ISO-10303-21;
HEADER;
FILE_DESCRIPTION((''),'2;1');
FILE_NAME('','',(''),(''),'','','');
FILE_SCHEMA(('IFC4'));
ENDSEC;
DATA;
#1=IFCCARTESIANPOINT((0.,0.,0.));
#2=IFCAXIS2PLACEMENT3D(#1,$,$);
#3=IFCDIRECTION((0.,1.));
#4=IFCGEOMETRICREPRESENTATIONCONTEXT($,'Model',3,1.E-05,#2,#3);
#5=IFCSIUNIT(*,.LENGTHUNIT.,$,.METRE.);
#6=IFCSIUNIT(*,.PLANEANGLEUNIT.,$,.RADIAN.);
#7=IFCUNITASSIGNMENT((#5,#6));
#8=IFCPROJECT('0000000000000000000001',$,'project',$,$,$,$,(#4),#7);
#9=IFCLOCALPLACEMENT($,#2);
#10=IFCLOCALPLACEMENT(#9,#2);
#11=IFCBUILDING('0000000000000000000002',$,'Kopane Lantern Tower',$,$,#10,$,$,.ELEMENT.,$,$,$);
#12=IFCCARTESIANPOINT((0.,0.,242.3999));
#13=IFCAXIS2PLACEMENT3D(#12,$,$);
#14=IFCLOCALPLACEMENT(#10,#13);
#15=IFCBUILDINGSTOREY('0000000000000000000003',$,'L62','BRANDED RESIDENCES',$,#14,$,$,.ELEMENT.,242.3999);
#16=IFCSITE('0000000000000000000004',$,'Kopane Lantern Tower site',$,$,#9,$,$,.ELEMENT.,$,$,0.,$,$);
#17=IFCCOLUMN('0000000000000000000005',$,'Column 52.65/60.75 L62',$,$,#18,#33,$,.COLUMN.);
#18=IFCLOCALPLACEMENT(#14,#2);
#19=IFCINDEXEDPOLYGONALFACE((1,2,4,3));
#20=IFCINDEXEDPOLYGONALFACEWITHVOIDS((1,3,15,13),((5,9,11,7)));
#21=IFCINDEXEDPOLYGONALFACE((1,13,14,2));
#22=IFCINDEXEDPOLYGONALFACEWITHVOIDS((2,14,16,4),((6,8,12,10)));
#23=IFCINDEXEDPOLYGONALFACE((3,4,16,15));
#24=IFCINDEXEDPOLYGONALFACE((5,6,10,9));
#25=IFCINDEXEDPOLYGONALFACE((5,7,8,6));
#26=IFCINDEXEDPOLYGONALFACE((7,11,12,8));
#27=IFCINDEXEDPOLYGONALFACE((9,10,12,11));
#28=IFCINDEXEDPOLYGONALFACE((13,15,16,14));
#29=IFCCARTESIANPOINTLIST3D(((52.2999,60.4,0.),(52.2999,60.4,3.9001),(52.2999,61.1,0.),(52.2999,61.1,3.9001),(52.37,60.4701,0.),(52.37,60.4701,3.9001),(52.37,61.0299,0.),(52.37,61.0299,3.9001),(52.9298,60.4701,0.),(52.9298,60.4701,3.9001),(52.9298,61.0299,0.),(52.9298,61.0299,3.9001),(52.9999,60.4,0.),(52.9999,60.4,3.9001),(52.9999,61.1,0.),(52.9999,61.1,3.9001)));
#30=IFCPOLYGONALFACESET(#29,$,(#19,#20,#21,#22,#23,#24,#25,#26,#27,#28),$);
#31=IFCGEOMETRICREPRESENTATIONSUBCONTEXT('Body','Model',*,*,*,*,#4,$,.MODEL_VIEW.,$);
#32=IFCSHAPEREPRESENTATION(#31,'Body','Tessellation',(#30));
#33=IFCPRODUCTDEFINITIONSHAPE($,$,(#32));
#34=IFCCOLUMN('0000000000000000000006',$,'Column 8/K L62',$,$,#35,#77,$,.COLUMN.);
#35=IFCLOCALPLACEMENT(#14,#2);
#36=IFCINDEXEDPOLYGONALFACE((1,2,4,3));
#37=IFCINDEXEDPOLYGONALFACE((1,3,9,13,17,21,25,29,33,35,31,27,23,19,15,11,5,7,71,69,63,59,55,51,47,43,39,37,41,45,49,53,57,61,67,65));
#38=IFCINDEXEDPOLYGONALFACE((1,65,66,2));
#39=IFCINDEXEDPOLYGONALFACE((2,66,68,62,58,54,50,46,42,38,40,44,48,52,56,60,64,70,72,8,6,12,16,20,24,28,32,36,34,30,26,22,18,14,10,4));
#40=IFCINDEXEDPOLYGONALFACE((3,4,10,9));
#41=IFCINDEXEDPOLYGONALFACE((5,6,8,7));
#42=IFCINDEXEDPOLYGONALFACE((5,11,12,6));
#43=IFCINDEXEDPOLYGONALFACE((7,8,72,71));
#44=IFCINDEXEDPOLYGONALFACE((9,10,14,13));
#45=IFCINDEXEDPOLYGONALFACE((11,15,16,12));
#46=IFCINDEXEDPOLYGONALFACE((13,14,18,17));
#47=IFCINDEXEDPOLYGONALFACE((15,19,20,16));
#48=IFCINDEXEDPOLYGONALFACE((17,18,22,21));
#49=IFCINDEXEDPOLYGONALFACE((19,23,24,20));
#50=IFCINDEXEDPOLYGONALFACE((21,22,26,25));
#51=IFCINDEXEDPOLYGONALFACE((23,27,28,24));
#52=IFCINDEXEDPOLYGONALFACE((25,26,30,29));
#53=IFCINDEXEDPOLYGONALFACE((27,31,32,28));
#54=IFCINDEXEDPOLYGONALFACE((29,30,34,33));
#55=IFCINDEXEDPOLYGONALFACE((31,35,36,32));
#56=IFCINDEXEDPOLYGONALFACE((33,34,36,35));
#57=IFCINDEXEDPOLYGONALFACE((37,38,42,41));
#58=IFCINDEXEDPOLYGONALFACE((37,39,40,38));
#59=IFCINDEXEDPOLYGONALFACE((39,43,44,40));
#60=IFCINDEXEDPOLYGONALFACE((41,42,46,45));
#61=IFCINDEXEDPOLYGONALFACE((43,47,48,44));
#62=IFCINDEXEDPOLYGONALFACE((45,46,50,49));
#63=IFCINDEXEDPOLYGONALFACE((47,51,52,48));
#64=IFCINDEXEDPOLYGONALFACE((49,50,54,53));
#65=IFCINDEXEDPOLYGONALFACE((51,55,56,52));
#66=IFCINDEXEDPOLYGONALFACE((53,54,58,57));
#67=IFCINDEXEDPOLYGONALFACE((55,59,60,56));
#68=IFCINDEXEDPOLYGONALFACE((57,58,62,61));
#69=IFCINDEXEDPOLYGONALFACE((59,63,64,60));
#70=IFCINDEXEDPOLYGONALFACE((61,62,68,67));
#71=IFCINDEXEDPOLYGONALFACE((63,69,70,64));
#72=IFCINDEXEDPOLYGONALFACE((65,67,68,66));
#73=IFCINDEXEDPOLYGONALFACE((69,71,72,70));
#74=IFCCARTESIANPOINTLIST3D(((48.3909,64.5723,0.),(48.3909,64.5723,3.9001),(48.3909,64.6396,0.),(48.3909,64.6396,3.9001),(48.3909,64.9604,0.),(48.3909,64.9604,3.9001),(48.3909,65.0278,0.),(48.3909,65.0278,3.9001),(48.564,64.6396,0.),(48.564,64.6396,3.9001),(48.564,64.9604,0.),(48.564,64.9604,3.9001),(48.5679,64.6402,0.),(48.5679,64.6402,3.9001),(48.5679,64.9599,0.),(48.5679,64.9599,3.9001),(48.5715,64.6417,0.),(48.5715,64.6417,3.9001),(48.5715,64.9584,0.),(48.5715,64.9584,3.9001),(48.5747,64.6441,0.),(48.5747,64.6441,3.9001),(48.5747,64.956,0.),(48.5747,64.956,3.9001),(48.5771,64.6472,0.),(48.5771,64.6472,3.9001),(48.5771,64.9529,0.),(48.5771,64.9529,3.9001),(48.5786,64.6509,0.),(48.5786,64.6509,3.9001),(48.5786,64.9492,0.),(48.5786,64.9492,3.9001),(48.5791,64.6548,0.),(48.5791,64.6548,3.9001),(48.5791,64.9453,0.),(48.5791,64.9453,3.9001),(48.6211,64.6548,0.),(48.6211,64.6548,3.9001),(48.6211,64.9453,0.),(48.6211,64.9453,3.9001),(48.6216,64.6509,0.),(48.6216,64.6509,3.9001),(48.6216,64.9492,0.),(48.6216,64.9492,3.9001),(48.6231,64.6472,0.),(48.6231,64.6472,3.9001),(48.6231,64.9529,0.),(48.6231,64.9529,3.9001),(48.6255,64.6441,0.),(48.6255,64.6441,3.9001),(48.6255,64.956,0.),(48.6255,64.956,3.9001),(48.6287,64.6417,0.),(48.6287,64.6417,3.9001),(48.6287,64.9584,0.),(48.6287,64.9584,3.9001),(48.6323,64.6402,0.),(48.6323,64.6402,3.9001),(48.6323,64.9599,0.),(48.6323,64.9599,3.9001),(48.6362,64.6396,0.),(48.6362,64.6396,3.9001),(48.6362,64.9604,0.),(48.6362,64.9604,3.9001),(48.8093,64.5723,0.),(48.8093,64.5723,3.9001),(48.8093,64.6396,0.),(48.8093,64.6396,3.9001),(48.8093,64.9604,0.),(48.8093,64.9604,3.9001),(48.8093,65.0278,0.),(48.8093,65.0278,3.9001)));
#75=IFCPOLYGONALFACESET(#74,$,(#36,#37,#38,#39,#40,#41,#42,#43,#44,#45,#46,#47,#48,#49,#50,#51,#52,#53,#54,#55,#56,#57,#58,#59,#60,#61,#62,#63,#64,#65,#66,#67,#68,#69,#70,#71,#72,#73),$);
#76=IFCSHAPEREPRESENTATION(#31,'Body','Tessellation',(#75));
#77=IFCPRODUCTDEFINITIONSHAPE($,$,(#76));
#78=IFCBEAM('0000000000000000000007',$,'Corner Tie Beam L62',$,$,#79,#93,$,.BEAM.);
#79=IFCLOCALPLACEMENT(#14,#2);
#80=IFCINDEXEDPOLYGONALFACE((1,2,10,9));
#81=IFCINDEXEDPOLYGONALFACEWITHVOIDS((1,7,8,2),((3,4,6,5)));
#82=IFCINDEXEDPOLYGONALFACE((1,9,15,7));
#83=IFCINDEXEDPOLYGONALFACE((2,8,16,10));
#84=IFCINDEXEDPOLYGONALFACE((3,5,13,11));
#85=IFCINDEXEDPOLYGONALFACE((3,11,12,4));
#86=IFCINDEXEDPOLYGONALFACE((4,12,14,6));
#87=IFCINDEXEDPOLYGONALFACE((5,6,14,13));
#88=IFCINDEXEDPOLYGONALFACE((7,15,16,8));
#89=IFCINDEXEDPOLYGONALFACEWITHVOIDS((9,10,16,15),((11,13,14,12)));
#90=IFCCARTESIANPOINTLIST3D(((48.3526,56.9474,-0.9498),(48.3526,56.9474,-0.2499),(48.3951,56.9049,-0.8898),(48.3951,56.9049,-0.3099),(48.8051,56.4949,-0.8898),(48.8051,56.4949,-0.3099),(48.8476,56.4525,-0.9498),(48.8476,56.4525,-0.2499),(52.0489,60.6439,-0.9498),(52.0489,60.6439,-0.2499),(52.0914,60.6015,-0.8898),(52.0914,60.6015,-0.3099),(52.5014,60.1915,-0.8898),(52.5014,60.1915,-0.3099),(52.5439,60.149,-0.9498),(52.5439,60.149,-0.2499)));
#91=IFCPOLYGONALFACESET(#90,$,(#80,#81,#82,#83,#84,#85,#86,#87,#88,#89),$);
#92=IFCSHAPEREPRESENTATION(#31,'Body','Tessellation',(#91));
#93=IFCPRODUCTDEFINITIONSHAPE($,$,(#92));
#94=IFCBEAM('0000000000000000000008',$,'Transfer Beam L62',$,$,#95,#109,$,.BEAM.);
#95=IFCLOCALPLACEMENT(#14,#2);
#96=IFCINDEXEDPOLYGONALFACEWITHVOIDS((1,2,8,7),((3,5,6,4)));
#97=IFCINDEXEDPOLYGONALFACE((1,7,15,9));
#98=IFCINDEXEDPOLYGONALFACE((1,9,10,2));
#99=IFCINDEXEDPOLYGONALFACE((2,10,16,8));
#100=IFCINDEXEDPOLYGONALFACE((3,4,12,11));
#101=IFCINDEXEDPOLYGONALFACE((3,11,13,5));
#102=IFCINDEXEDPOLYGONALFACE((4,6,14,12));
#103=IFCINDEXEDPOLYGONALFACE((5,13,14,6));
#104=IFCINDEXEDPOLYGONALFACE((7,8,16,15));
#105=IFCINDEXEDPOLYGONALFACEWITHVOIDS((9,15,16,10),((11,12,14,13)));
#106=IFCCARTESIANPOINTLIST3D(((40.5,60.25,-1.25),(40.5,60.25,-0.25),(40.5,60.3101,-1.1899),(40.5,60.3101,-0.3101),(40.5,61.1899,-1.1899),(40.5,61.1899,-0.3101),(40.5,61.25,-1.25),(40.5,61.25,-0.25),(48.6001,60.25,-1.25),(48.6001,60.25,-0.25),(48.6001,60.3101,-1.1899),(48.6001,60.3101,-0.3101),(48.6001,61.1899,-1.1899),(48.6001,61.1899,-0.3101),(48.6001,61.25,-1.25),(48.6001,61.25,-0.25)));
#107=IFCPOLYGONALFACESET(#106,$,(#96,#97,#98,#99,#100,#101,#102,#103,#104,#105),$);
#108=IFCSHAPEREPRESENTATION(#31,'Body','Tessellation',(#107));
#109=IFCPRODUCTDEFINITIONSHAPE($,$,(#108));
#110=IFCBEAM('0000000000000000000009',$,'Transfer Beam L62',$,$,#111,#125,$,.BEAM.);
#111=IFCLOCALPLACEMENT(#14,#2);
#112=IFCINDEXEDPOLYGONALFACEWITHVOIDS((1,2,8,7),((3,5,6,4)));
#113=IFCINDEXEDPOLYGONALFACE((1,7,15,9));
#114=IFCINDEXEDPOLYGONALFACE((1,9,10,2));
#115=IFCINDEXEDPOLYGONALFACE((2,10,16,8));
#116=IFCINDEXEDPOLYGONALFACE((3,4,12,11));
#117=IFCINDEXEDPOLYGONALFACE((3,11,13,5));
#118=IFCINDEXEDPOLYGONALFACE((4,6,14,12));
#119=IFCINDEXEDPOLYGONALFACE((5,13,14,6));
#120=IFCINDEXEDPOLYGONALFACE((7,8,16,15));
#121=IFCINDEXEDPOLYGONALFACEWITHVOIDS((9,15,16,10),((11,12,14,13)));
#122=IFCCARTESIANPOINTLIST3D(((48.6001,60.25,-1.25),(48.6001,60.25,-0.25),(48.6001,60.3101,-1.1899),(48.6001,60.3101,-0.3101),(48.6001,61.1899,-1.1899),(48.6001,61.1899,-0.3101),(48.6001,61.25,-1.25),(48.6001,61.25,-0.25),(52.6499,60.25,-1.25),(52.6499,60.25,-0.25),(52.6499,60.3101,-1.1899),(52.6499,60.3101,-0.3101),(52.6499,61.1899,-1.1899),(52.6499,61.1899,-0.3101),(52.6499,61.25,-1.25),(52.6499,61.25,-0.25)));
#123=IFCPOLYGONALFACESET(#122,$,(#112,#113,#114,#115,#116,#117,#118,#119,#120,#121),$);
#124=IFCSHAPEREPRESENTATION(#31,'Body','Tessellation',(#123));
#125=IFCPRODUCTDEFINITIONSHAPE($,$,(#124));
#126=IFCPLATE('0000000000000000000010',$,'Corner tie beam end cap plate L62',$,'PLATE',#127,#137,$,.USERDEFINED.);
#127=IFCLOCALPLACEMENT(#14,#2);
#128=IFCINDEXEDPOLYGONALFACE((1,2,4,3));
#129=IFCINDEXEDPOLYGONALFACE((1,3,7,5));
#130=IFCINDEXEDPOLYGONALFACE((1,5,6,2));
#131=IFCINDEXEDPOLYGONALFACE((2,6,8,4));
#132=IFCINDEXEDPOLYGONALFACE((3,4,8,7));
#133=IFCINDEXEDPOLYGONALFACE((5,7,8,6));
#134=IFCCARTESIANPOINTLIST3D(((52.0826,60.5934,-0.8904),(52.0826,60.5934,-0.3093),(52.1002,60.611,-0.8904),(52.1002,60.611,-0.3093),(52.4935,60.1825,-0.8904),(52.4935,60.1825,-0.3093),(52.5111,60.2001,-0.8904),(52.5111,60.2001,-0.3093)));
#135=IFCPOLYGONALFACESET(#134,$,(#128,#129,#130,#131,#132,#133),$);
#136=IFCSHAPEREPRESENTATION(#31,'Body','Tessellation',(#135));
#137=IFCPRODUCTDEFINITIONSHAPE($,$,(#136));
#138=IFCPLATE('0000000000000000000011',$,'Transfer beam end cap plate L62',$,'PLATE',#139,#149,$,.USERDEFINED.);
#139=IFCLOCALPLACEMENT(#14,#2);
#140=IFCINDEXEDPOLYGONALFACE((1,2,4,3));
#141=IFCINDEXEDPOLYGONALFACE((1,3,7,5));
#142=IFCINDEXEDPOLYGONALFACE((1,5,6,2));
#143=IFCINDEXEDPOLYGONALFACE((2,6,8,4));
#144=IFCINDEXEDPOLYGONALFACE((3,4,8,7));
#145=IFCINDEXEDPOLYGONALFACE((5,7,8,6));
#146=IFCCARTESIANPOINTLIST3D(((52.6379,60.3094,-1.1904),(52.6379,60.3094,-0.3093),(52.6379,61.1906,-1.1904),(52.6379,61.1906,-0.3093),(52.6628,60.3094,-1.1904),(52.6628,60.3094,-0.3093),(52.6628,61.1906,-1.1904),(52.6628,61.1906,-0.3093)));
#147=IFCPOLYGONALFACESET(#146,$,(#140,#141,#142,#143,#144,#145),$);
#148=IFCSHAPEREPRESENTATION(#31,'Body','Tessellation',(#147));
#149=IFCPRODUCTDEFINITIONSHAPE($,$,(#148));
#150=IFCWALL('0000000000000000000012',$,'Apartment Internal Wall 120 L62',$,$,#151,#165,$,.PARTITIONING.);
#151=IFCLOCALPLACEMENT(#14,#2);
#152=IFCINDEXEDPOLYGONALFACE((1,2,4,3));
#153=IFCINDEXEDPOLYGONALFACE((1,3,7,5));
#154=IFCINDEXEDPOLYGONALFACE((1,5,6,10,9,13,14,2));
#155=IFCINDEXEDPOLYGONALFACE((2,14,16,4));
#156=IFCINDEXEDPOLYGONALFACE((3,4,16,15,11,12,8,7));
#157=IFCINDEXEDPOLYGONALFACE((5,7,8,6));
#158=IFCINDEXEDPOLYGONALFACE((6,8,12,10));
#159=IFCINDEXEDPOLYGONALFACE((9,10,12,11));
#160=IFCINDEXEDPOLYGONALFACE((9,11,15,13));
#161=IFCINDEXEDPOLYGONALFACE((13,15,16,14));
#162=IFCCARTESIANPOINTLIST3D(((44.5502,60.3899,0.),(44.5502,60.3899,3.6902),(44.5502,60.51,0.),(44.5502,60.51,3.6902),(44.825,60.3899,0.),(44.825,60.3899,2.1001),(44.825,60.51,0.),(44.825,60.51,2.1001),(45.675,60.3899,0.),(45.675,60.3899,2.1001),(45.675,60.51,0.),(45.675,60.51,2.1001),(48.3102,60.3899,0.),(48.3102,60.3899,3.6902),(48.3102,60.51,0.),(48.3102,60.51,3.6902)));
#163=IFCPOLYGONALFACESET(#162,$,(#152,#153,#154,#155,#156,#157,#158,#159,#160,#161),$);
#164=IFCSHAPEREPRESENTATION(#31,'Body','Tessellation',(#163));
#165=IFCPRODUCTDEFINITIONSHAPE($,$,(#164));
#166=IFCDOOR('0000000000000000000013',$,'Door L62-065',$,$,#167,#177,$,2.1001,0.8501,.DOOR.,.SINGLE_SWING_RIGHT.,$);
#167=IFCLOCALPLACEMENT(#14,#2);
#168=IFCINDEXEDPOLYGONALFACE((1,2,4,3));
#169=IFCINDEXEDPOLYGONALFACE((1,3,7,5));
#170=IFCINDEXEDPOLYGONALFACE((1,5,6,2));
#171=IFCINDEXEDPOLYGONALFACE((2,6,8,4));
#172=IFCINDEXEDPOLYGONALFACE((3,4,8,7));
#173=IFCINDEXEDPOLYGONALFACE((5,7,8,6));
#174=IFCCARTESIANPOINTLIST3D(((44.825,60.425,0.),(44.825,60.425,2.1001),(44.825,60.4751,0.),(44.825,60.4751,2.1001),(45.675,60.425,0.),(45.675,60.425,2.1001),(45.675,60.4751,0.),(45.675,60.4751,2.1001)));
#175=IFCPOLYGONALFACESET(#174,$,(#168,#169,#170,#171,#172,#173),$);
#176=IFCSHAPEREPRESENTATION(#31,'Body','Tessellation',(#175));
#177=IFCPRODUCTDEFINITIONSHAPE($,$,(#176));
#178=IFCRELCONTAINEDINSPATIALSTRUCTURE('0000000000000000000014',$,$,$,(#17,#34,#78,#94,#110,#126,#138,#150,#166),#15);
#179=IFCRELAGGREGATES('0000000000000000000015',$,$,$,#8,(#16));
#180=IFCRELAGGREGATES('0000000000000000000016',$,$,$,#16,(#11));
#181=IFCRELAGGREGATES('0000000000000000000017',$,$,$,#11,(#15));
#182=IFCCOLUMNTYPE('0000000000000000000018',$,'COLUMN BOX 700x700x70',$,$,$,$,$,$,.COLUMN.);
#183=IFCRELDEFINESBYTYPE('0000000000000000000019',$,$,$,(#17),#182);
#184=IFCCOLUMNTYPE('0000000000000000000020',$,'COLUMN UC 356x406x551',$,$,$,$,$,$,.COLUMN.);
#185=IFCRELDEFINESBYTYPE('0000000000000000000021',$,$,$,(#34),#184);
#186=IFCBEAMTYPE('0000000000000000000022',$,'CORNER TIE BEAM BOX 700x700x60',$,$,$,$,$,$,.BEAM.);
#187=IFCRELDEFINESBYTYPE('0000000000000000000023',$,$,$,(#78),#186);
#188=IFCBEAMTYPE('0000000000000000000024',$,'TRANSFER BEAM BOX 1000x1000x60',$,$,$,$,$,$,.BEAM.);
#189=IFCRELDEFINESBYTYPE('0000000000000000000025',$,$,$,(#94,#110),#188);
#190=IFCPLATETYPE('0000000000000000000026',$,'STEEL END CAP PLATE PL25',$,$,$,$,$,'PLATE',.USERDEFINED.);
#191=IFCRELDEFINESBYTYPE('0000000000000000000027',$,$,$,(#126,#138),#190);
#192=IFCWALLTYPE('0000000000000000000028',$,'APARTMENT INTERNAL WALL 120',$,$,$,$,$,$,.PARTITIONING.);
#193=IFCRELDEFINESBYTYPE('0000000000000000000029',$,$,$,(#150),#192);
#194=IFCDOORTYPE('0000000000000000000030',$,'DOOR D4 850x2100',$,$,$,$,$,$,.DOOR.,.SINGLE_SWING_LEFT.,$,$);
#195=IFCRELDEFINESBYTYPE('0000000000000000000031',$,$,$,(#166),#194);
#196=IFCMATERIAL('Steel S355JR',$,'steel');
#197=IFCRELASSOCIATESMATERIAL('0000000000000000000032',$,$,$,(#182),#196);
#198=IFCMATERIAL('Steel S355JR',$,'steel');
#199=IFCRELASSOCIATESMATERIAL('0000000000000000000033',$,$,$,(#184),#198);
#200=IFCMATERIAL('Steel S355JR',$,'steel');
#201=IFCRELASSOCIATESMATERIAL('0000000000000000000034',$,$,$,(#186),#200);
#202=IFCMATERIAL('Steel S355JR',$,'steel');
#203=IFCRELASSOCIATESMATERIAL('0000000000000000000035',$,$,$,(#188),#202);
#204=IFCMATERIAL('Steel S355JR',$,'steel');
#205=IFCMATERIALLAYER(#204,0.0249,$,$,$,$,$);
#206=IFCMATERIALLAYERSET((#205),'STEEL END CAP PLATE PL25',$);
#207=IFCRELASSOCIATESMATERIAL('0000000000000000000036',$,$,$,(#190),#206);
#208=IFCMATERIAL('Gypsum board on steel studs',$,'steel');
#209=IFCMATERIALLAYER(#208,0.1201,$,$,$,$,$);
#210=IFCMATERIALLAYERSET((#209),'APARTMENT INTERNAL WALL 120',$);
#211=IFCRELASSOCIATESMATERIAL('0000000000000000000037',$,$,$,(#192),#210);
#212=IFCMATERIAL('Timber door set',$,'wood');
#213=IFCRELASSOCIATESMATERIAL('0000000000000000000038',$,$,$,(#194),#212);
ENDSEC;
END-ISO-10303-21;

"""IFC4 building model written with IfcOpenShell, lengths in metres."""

from ifc_helpers import new_model, si_unit, direction, frame, frame_2d, origin, origin_2d, place, context, subcontext, project, spatial, rectangle, hollow_rectangle, i_section, extrude, material, layer, layer_set, material_profile, profile_set, type_object, element, fill, save


model = new_model("IFC4")

# Units and contexts
model_context = context("Model", 3, precision=1e-05, world=origin(), true_north=direction((0.0, 1.0)))
body_context = subcontext(model_context, "Body", "Model", "MODEL_VIEW")
ifc_project = project(units=[si_unit("LENGTHUNIT", "METRE"), si_unit("PLANEANGLEUNIT", "RADIAN")], contexts=[model_context])

# Site, building, storey
site_placement = place(None, origin())
site = spatial("IfcSite", under=ifc_project, at=site_placement, Name="Kopane Lantern Tower site", CompositionType="ELEMENT", RefElevation=0.0)
building_placement = place(site_placement, origin())
building = spatial("IfcBuilding", under=site, at=building_placement, Name="Kopane Lantern Tower", CompositionType="ELEMENT")
storey_placement = place(building_placement, frame((0.0, 0.0, 242.3999)))
storey = spatial("IfcBuildingStorey", under=building, at=storey_placement, Name="L62", Description="BRANDED RESIDENCES", CompositionType="ELEMENT", Elevation=242.3999)

# Columns
ifc_material_1 = material(Name="Steel S355JR", Category="steel")
ifc_material_profile_1 = material_profile(ifc_material_1, hollow_rectangle(XDim=0.7, YDim=0.7, WallThickness=0.0701, at=origin_2d()), Name="BOX 700x700x70")
ifc_profile_set_1 = profile_set([ifc_material_profile_1], Name="Steel S355JR")
column_type_1 = type_object("IfcColumnType", Name="COLUMN BOX 700x700x70", PredefinedType="COLUMN", material=ifc_profile_set_1)
column_1_placement = place(storey_placement, frame((52.6499, 60.75, 0.0), z_axis=(0.0, 0.0, 1.0), x_axis=(1.0, 0.0, 0.0)))
element("IfcColumn", 1, at=column_1_placement, inside=storey, type_object=column_type_1, Name="Column 52.65/60.75 L62", PredefinedType="COLUMN", context=body_context, shape_type="SweptSolid", body=[
    extrude(hollow_rectangle(XDim=0.7, YDim=0.7, WallThickness=0.0701, at=origin_2d()), origin(), (0.0, 0.0, 1.0), 3.9001),
])
ifc_material_2 = material(Name="Steel S355JR", Category="steel")
ifc_material_profile_2 = material_profile(ifc_material_2, i_section(OverallWidth=0.4185, OverallDepth=0.4556, WebThickness=0.042, FlangeThickness=0.0674, FilletRadius=0.0151, at=origin_2d()), Name="UC 356x406x551")
ifc_profile_set_2 = profile_set([ifc_material_profile_2], Name="Steel S355JR")
column_type_2 = type_object("IfcColumnType", Name="COLUMN UC 356x406x551", PredefinedType="COLUMN", material=ifc_profile_set_2)
column_2_placement = place(storey_placement, frame((48.6001, 64.8, 0.0), z_axis=(0.0, 0.0, 1.0), x_axis=(1.0, 0.0, 0.0)))
element("IfcColumn", 2, at=column_2_placement, inside=storey, type_object=column_type_2, Name="Column 8/K L62", PredefinedType="COLUMN", context=body_context, shape_type="SweptSolid", body=[
    extrude(i_section(OverallWidth=0.4185, OverallDepth=0.4556, WebThickness=0.042, FlangeThickness=0.0674, FilletRadius=0.0151, at=origin_2d()), origin(), (0.0, 0.0, 1.0), 3.9001),
])

# Beams
ifc_material_3 = material(Name="Steel S355JR", Category="steel")
ifc_material_profile_3 = material_profile(ifc_material_3, hollow_rectangle(XDim=0.7, YDim=0.7, WallThickness=0.0601, at=origin_2d()), Name="BOX 700x700x60")
ifc_profile_set_3 = profile_set([ifc_material_profile_3], Name="Steel S355JR")
beam_type_1 = type_object("IfcBeamType", Name="CORNER TIE BEAM BOX 700x700x60", PredefinedType="BEAM", material=ifc_profile_set_3)
beam_1_placement = place(storey_placement, frame((52.2964, 60.3965, -0.5999), z_axis=(-0.707083, -0.70713, 0.0), x_axis=(0.70713, -0.707083, 0.0)))
element("IfcBeam", 3, at=beam_1_placement, inside=storey, type_object=beam_type_1, Name="Corner Tie Beam L62", PredefinedType="BEAM", context=body_context, shape_type="SweptSolid", body=[
    extrude(hollow_rectangle(XDim=0.7, YDim=0.7, WallThickness=0.0601, at=origin_2d()), origin(), (0.0, 0.0, 1.0), 5.2275),
])
ifc_material_4 = material(Name="Steel S355JR", Category="steel")
ifc_material_profile_4 = material_profile(ifc_material_4, hollow_rectangle(XDim=1.0, YDim=1.0, WallThickness=0.0601, at=origin_2d()), Name="BOX 1000x1000x60")
ifc_profile_set_4 = profile_set([ifc_material_profile_4], Name="Steel S355JR")
beam_type_2 = type_object("IfcBeamType", Name="TRANSFER BEAM BOX 1000x1000x60", PredefinedType="BEAM", material=ifc_profile_set_4)
beam_2_placement = place(storey_placement, frame((48.6001, 60.75, -0.75), z_axis=(-1.0, 0.0, 0.0), x_axis=(0.0, -1.0, 0.0)))
element("IfcBeam", 4, at=beam_2_placement, inside=storey, type_object=beam_type_2, Name="Transfer Beam L62", PredefinedType="BEAM", context=body_context, shape_type="SweptSolid", body=[
    extrude(hollow_rectangle(XDim=1.0, YDim=1.0, WallThickness=0.0601, at=origin_2d()), origin(), (0.0, 0.0, 1.0), 8.1001),
])
beam_3_placement = place(storey_placement, frame((52.6499, 60.75, -0.75), z_axis=(-1.0, 0.0, 0.0), x_axis=(0.0, -1.0, 0.0)))
element("IfcBeam", 5, at=beam_3_placement, inside=storey, type_object=beam_type_2, Name="Transfer Beam L62", PredefinedType="BEAM", context=body_context, shape_type="SweptSolid", body=[
    extrude(hollow_rectangle(XDim=1.0, YDim=1.0, WallThickness=0.0601, at=origin_2d()), origin(), (0.0, 0.0, 1.0), 4.0498),
])

# Plates
ifc_material_5 = material(Name="Steel S355JR", Category="steel")
ifc_layer_1 = layer(ifc_material_5, 0.0249)
ifc_layer_set_1 = layer_set([ifc_layer_1], Name="STEEL END CAP PLATE PL25")
plate_type = type_object("IfcPlateType", Name="STEEL END CAP PLATE PL25", ElementType="PLATE", PredefinedType="USERDEFINED", material=ifc_layer_set_1)
plate_1_placement = place(storey_placement, frame((52.2969, 60.3967, -0.8904), z_axis=(0.0, 0.0, 1.0), x_axis=(0.707107, 0.707107, 0.0)))
element("IfcPlate", 6, at=plate_1_placement, inside=storey, type_object=plate_type, Name="Corner tie beam end cap plate L62", ObjectType="PLATE", PredefinedType="USERDEFINED", context=body_context, shape_type="SweptSolid", body=[
    extrude(rectangle(XDim=0.0249, YDim=0.5811, at=origin_2d()), origin(), (0.0, 0.0, 1.0), 0.5811),
])
plate_2_placement = place(storey_placement, frame((52.6504, 60.75, -1.1904), z_axis=(0.0, 0.0, 1.0), x_axis=(1.0, 0.0, 0.0)))
element("IfcPlate", 7, at=plate_2_placement, inside=storey, type_object=plate_type, Name="Transfer beam end cap plate L62", ObjectType="PLATE", PredefinedType="USERDEFINED", context=body_context, shape_type="SweptSolid", body=[
    extrude(rectangle(XDim=0.0249, YDim=0.8811, at=origin_2d()), origin(), (0.0, 0.0, 1.0), 0.8811),
])

# Wall, opening, door
ifc_material_6 = material(Name="Gypsum board on steel studs", Category="steel")
ifc_layer_2 = layer(ifc_material_6, 0.1201)
ifc_layer_set_2 = layer_set([ifc_layer_2], Name="APARTMENT INTERNAL WALL 120")
wall_type_1 = type_object("IfcWallType", Name="APARTMENT INTERNAL WALL 120", PredefinedType="PARTITIONING", material=ifc_layer_set_2)
wall_1_placement = place(storey_placement, frame((48.3101, 60.45, 0.0), z_axis=(0.0, 0.0, 1.0), x_axis=(-1.0, 0.0, 0.0)))
wall_1 = element("IfcWall", 8, at=wall_1_placement, inside=storey, type_object=wall_type_1, Name="Apartment Internal Wall 120 L62", PredefinedType="PARTITIONING", context=body_context, shape_type="SweptSolid", body=[
    extrude(rectangle(XDim=3.76, YDim=0.1201, at=frame_2d((1.8799, 0.0))), origin(), (0.0, 0.0, 1.0), 3.6902),
])
opening_1_placement = place(wall_1_placement, frame((2.635, 0.0, 0.0)))
opening_1 = element("IfcOpeningElement", 9, at=opening_1_placement, cuts=wall_1, PredefinedType="OPENING", context=body_context, shape_type="SweptSolid", body=[
    extrude(rectangle(XDim=0.8501, YDim=2.1001, at=frame_2d((0.425, 1.05))), frame((0.0, 0.0701, 0.0), z_axis=(0.0, -1.0, 0.0), x_axis=(1.0, 0.0, 0.0)), (0.0, 0.0, 1.0), 0.1401),
])
ifc_material_7 = material(Name="Timber door set", Category="wood")
door_type = type_object("IfcDoorType", Name="DOOR D4 850x2100", OperationType="SINGLE_SWING_LEFT", PredefinedType="DOOR", material=ifc_material_7)
door_placement = place(opening_1_placement, origin())
door = element("IfcDoor", 10, at=door_placement, inside=storey, type_object=door_type, Name="Door L62-065", OperationType="SINGLE_SWING_RIGHT", OverallHeight=2.1001, OverallWidth=0.8501, PredefinedType="DOOR", context=body_context, shape_type="SweptSolid", body=[
    extrude(rectangle(XDim=0.8501, YDim=2.1001, at=frame_2d((0.425, 1.05))), frame((0.0, 0.0249, 0.0), z_axis=(0.0, -1.0, 0.0), x_axis=(1.0, 0.0, 0.0)), (0.0, 0.0, 1.0), 0.05),
])
fill(opening_1, door)

save(model, "model.ifc")
